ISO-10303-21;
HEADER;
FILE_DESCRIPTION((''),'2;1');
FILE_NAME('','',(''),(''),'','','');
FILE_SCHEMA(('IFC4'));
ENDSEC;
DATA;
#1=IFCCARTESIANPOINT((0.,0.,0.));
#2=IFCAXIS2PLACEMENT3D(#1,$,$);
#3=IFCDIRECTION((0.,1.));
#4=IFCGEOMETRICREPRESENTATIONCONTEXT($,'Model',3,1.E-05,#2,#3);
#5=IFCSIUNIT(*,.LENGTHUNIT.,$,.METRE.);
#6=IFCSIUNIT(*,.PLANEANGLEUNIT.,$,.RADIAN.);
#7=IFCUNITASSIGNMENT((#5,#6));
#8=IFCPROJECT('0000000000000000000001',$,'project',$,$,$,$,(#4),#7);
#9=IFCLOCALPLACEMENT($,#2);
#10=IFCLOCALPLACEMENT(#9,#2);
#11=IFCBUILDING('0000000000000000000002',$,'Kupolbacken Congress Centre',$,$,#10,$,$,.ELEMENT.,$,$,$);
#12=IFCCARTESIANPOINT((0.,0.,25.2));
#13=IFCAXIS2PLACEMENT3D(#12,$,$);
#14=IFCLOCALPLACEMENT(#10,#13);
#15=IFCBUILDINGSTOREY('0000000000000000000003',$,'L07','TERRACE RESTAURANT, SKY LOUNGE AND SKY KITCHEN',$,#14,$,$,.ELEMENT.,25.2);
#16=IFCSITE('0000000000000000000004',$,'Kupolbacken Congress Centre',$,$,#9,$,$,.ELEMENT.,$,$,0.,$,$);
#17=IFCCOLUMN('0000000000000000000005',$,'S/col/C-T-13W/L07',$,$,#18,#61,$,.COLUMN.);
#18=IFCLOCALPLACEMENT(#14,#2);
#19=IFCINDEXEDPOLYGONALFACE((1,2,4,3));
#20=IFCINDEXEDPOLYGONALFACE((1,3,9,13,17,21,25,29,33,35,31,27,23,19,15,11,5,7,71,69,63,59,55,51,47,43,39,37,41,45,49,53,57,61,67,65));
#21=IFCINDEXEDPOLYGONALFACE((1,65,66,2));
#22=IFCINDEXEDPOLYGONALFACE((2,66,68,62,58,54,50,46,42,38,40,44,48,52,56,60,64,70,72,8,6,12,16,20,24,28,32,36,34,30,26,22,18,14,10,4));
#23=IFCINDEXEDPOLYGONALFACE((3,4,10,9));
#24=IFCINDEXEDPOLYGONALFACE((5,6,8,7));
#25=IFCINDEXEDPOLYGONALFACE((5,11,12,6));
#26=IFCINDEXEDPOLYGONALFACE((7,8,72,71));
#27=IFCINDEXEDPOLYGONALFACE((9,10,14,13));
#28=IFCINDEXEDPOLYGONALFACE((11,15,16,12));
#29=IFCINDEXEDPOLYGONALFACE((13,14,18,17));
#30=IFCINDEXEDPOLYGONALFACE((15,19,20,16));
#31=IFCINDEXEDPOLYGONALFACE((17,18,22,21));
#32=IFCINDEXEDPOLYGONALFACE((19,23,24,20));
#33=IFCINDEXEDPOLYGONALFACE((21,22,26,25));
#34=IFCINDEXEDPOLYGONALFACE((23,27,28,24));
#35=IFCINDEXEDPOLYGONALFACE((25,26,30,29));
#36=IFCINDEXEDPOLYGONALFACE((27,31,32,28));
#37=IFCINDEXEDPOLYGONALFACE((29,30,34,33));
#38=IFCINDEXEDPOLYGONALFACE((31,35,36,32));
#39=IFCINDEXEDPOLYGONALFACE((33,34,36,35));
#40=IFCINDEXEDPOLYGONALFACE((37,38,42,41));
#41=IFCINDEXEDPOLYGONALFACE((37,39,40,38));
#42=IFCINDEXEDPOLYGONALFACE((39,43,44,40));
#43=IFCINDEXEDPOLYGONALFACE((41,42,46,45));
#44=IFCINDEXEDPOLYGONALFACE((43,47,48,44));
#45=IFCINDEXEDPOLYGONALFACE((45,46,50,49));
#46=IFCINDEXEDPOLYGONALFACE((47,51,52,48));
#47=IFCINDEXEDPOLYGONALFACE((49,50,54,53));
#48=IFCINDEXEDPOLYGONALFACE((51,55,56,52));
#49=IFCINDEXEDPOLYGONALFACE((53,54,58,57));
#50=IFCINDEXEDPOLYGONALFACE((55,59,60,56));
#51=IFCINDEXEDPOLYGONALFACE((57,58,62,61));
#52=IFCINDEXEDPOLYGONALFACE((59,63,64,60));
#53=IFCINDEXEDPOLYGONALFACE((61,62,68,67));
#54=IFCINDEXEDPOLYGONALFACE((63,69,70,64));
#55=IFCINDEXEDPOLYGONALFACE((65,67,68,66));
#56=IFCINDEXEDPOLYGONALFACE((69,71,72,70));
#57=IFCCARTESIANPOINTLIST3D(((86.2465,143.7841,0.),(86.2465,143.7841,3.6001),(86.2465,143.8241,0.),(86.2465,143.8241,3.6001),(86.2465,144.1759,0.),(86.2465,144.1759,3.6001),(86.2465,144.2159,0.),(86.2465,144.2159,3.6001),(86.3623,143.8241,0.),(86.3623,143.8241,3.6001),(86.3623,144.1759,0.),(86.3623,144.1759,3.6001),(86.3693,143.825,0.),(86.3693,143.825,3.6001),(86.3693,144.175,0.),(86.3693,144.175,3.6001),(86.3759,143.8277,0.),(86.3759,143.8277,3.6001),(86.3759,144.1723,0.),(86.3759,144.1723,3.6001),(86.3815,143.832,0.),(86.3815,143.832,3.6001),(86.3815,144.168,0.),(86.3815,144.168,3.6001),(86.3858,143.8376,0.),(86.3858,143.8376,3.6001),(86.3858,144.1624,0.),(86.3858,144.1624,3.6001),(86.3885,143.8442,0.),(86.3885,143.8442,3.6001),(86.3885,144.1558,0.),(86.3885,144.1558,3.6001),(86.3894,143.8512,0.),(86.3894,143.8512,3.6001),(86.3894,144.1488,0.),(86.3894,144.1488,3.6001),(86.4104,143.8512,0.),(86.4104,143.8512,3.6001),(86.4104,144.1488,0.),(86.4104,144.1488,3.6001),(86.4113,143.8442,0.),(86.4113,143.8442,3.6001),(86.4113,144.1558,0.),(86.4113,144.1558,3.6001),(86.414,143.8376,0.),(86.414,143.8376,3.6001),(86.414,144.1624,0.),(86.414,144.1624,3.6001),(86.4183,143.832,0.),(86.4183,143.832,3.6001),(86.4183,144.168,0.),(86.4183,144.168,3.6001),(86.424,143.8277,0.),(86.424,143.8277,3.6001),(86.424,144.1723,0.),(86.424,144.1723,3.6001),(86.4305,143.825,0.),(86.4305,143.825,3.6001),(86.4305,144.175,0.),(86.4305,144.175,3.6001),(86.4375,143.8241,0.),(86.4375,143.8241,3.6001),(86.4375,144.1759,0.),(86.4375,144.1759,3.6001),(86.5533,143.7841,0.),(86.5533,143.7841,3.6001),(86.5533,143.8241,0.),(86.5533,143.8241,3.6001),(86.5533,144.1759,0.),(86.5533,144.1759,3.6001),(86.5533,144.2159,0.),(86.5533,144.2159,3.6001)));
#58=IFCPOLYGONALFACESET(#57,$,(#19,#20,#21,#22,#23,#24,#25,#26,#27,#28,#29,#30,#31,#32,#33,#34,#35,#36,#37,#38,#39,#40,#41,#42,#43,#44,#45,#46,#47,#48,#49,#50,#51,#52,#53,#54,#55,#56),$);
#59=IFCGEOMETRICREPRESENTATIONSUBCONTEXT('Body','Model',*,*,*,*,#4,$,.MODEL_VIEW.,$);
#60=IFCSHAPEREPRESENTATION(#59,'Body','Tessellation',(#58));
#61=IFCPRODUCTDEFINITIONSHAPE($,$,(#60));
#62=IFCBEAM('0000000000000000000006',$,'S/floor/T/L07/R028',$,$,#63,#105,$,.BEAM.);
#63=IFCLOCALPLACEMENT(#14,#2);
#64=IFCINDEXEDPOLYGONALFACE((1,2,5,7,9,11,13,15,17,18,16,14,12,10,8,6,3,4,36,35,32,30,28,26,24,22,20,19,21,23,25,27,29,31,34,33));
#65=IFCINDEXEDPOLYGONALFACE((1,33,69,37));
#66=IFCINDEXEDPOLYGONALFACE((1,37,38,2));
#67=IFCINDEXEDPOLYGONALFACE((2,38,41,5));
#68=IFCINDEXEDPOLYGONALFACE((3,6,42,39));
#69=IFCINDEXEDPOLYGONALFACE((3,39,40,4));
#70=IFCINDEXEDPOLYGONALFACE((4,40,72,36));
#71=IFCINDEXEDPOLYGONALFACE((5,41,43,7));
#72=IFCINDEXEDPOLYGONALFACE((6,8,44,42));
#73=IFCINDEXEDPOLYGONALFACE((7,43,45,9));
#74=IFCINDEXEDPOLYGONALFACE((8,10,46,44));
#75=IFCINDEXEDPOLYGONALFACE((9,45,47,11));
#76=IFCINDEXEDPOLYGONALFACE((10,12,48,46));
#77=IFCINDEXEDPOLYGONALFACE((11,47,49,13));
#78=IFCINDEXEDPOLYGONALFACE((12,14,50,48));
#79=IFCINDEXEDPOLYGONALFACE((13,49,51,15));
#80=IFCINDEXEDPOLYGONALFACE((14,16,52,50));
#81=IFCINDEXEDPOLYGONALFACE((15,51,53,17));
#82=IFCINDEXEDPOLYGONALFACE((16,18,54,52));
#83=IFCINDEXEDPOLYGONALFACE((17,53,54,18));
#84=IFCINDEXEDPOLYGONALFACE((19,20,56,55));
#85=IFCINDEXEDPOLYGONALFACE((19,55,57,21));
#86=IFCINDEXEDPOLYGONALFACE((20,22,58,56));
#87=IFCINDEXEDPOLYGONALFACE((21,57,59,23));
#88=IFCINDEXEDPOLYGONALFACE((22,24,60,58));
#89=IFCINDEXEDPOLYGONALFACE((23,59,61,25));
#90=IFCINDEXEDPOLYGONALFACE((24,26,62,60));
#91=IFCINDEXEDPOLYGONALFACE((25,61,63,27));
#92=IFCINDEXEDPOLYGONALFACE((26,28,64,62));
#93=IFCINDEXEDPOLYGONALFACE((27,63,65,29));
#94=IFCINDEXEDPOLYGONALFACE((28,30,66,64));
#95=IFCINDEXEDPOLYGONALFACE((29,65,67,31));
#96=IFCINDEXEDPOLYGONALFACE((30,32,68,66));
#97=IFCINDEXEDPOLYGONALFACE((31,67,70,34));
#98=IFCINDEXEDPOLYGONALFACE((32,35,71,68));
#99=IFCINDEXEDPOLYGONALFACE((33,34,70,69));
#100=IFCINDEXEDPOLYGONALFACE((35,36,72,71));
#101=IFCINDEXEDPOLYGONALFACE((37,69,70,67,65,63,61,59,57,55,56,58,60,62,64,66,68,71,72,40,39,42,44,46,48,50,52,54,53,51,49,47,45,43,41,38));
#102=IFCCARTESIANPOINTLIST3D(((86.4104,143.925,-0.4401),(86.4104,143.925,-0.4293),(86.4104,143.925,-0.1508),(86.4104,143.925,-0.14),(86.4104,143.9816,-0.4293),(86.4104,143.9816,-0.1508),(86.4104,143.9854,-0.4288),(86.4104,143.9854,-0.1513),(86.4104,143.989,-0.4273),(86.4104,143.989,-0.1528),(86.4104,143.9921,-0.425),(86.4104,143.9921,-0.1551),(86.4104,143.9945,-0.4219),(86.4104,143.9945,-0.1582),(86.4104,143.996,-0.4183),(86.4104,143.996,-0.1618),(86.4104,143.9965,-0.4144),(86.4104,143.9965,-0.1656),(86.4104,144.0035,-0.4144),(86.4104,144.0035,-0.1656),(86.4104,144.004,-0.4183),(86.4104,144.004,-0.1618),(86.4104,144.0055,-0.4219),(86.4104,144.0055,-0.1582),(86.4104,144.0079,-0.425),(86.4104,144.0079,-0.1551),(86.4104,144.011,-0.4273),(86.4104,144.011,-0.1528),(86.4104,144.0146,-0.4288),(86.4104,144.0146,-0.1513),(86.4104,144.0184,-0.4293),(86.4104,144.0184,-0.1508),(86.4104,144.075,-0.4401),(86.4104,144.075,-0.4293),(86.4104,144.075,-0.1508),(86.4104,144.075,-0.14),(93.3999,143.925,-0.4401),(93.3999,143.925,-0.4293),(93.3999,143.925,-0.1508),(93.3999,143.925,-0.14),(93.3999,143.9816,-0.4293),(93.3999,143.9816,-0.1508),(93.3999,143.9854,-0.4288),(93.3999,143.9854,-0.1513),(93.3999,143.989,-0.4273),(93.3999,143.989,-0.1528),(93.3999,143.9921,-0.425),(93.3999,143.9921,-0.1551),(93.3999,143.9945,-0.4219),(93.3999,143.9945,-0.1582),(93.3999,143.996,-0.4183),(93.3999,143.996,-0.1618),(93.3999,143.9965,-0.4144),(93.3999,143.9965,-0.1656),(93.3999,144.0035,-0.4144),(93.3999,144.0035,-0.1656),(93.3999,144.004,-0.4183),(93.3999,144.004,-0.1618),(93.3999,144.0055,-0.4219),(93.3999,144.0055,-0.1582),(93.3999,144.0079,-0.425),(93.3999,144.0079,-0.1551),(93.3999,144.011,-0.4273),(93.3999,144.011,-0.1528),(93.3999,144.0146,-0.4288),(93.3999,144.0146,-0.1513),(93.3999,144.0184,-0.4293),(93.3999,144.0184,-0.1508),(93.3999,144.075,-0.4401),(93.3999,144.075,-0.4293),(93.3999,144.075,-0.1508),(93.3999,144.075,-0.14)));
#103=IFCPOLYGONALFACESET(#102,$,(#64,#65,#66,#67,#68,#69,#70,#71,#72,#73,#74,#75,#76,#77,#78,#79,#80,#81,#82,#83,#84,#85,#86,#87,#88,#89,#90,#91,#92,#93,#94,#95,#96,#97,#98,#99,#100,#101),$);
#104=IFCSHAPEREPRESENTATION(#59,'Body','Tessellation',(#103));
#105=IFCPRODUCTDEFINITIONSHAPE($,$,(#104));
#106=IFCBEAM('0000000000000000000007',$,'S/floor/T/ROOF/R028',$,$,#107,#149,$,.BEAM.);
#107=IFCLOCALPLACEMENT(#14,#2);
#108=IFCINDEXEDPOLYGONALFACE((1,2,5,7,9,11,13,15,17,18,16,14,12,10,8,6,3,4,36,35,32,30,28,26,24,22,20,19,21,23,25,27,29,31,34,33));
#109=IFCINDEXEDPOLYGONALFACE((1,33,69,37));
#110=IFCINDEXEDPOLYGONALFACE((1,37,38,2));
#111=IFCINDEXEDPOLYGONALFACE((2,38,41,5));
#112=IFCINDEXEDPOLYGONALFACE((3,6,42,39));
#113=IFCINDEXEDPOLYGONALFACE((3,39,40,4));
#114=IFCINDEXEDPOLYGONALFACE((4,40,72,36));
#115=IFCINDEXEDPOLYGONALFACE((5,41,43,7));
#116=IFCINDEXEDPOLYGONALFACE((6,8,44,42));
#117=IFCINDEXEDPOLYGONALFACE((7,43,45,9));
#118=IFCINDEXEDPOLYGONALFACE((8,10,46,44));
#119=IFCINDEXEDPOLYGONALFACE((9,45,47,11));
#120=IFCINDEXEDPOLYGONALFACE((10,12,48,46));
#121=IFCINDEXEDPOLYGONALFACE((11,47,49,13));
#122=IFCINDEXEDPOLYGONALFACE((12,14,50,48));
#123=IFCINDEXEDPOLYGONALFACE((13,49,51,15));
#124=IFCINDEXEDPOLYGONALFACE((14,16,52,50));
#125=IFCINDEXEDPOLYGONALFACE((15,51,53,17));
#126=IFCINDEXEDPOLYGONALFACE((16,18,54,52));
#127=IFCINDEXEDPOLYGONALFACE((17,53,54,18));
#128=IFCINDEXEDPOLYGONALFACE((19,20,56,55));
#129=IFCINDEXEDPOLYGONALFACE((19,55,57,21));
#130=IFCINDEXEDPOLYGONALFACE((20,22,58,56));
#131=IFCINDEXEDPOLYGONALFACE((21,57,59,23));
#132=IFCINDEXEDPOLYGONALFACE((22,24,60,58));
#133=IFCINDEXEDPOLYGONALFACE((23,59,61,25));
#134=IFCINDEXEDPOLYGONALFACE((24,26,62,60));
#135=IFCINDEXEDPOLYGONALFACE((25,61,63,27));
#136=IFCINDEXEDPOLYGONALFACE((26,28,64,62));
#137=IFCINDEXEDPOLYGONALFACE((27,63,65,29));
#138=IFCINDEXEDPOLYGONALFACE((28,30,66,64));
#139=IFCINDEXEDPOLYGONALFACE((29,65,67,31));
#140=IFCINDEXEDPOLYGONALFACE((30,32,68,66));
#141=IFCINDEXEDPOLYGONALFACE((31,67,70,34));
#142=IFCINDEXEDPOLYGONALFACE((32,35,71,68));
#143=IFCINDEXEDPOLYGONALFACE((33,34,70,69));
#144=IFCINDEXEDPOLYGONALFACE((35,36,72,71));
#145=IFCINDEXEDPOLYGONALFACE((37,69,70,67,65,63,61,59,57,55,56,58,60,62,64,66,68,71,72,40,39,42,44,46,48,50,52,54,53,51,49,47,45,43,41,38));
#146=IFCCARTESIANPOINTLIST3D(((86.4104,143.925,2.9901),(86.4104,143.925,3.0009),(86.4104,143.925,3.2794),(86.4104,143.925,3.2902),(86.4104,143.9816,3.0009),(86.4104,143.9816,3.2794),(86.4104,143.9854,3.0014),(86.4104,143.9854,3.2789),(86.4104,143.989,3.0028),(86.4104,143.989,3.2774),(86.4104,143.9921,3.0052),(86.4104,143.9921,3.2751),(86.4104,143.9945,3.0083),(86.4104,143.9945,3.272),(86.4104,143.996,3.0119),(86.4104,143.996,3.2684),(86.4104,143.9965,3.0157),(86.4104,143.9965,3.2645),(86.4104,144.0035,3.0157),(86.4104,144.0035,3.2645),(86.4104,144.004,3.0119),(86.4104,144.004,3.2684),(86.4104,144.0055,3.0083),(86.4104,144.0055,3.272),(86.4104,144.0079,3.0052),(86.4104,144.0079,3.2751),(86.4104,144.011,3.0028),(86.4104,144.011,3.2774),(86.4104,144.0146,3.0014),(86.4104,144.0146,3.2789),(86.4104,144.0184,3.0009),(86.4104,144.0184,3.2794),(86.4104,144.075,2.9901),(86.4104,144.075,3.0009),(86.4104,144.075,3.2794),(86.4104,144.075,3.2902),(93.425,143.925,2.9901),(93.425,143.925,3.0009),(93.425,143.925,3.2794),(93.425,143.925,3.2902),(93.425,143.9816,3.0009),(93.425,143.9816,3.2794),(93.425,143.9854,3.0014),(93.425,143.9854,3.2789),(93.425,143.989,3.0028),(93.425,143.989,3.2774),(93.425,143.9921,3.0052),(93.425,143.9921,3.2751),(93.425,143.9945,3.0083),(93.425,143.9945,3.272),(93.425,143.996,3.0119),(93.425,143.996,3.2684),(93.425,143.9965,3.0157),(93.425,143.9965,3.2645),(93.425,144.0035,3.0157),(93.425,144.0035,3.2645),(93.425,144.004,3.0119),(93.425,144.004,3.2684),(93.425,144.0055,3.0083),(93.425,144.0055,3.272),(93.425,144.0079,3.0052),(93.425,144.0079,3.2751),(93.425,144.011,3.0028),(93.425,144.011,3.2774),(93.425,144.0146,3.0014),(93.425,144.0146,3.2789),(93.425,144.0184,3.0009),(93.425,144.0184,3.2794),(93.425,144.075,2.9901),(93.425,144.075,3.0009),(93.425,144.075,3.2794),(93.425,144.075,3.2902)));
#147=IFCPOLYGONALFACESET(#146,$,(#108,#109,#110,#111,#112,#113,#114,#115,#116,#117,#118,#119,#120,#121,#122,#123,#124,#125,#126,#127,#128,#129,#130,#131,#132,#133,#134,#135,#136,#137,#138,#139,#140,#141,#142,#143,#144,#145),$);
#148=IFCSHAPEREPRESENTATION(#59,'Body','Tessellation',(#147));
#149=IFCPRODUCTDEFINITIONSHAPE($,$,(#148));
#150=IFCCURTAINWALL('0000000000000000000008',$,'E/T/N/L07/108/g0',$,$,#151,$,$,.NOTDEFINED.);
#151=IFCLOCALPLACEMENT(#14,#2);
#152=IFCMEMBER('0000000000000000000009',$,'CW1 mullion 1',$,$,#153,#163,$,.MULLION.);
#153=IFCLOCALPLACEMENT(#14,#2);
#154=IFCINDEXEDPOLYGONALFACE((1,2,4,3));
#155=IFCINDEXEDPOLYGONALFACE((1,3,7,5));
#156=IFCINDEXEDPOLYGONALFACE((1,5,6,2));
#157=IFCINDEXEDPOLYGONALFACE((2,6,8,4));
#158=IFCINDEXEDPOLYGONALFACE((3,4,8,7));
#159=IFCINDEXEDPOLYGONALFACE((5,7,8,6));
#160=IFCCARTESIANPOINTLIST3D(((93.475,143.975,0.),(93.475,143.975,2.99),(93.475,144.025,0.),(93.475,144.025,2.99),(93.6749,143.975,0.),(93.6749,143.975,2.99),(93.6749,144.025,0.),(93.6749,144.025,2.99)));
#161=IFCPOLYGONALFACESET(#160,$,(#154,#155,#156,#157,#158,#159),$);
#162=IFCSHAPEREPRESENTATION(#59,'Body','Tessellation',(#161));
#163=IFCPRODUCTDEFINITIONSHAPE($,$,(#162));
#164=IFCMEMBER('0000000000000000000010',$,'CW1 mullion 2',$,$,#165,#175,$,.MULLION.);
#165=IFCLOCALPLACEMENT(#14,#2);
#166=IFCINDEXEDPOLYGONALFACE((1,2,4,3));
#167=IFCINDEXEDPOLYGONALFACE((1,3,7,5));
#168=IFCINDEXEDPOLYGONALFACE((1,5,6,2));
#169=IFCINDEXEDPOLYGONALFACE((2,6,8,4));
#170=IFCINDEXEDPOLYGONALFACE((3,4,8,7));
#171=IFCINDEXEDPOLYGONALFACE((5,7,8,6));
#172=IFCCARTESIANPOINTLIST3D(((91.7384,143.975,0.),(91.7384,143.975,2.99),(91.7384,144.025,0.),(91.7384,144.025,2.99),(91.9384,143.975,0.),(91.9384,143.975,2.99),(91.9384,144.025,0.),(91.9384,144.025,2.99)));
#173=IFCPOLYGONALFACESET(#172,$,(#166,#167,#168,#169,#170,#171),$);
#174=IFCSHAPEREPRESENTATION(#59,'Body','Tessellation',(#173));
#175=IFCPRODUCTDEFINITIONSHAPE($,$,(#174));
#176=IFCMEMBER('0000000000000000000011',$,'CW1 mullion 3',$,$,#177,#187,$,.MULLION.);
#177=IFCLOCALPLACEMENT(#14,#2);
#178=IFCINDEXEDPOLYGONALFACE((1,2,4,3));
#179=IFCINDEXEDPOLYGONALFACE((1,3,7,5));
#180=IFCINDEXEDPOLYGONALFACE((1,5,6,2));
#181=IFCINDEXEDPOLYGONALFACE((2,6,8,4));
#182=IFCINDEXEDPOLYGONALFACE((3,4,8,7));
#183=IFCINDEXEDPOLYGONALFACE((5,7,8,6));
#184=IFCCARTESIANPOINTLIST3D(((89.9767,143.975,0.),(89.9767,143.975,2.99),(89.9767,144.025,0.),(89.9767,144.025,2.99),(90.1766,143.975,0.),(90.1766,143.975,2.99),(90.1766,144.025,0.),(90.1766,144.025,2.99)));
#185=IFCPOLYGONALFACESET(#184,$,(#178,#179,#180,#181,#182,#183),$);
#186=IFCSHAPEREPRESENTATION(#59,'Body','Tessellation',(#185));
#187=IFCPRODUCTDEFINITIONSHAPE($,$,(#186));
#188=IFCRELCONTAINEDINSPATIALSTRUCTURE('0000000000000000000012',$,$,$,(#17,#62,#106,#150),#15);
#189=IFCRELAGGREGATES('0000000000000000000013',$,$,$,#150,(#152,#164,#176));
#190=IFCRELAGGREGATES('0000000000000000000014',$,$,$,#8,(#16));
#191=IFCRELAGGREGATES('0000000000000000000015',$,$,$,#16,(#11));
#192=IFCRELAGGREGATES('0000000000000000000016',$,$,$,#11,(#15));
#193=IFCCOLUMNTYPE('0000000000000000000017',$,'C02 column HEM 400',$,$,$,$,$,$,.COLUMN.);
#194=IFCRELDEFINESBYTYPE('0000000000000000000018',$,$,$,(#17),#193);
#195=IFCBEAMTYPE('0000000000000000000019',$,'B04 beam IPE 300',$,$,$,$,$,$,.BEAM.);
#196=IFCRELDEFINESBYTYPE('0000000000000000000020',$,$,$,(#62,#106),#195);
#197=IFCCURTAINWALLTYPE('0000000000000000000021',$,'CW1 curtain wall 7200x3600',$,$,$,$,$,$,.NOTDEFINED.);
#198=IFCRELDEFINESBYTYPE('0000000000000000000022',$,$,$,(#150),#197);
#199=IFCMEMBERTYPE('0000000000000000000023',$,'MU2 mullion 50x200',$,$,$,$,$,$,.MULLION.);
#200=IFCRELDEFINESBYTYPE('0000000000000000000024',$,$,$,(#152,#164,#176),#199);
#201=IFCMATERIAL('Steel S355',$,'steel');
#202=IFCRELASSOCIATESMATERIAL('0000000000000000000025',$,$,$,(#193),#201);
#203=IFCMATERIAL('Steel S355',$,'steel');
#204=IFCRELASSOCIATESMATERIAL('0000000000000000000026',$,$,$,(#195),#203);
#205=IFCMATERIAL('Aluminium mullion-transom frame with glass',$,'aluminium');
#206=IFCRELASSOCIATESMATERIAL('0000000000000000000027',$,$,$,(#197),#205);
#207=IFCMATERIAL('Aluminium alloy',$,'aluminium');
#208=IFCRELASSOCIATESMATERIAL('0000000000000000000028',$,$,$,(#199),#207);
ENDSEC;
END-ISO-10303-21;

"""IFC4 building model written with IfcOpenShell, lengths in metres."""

from ifc_helpers import new_model, si_unit, direction, frame, origin, origin_2d, place, context, subcontext, project, spatial, rectangle, i_section, extrude, material, material_profile, profile_set, type_object, element, aggregate, save


model = new_model("IFC4")

# Units and contexts
model_context = context("Model", 3, precision=1e-05, world=origin(), true_north=direction((0.0, 1.0)))
body_context = subcontext(model_context, "Body", "Model", "MODEL_VIEW")
ifc_project = project(units=[si_unit("LENGTHUNIT", "METRE"), si_unit("PLANEANGLEUNIT", "RADIAN")], contexts=[model_context])

# Site, building, storey
site_placement = place(None, origin())
site = spatial("IfcSite", under=ifc_project, at=site_placement, Name="Kupolbacken Congress Centre", CompositionType="ELEMENT", RefElevation=0.0)
building_placement = place(site_placement, origin())
building = spatial("IfcBuilding", under=site, at=building_placement, Name="Kupolbacken Congress Centre", CompositionType="ELEMENT")
storey_placement = place(building_placement, frame((0.0, 0.0, 25.2)))
storey = spatial("IfcBuildingStorey", under=building, at=storey_placement, Name="L07", Description="TERRACE RESTAURANT, SKY LOUNGE AND SKY KITCHEN", CompositionType="ELEMENT", Elevation=25.2)

# Column
ifc_material_1 = material(Name="Steel S355", Category="steel")
ifc_material_profile_1 = material_profile(ifc_material_1, i_section(OverallWidth=0.3069, OverallDepth=0.4319, WebThickness=0.021, FlangeThickness=0.04, FilletRadius=0.0271, at=origin_2d()), Name="HEM 400")
ifc_profile_set_1 = profile_set([ifc_material_profile_1], Name="Steel S355")
column_type = type_object("IfcColumnType", Name="C02 column HEM 400", PredefinedType="COLUMN", material=ifc_profile_set_1)
column_placement = place(storey_placement, frame((86.3999, 144.0, 0.0), z_axis=(0.0, 0.0, 1.0), x_axis=(1.0, 0.0, 0.0)))
element("IfcColumn", 1, at=column_placement, inside=storey, type_object=column_type, Name="S/col/C-T-13W/L07", PredefinedType="COLUMN", context=body_context, shape_type="SweptSolid", body=[
    extrude(i_section(OverallWidth=0.3069, OverallDepth=0.4319, WebThickness=0.021, FlangeThickness=0.04, FilletRadius=0.0271, at=origin_2d()), origin(), (0.0, 0.0, 1.0), 3.6001),
])

# Beams
ifc_material_2 = material(Name="Steel S355", Category="steel")
ifc_material_profile_2 = material_profile(ifc_material_2, i_section(OverallWidth=0.1499, OverallDepth=0.3, WebThickness=0.0071, FlangeThickness=0.0107, FilletRadius=0.0149, at=origin_2d()), Name="IPE 300")
ifc_profile_set_2 = profile_set([ifc_material_profile_2], Name="Steel S355")
beam_type = type_object("IfcBeamType", Name="B04 beam IPE 300", PredefinedType="BEAM", material=ifc_profile_set_2)
beam_1_placement = place(storey_placement, frame((86.4104, 144.0, -0.29), z_axis=(1.0, 0.0, 0.0), x_axis=(0.0, 1.0, 0.0)))
element("IfcBeam", 2, at=beam_1_placement, inside=storey, type_object=beam_type, Name="S/floor/T/L07/R028", PredefinedType="BEAM", context=body_context, shape_type="SweptSolid", body=[
    extrude(i_section(OverallWidth=0.1499, OverallDepth=0.3, WebThickness=0.0071, FlangeThickness=0.0107, FilletRadius=0.0149, at=origin_2d()), origin(), (0.0, 0.0, 1.0), 6.9895),
])
beam_2_placement = place(storey_placement, frame((86.4104, 144.0, 3.1401), z_axis=(1.0, 0.0, 0.0), x_axis=(0.0, 1.0, 0.0)))
element("IfcBeam", 3, at=beam_2_placement, inside=storey, type_object=beam_type, Name="S/floor/T/ROOF/R028", PredefinedType="BEAM", context=body_context, shape_type="SweptSolid", body=[
    extrude(i_section(OverallWidth=0.1499, OverallDepth=0.3, WebThickness=0.0071, FlangeThickness=0.0107, FilletRadius=0.0149, at=origin_2d()), origin(), (0.0, 0.0, 1.0), 7.0146),
])

# Curtain wall, members
ifc_material_3 = material(Name="Aluminium mullion-transom frame with glass", Category="aluminium")
curtain_wall_type = type_object("IfcCurtainWallType", Name="CW1 curtain wall 7200x3600", PredefinedType="NOTDEFINED", material=ifc_material_3)
curtain_wall_1_placement = place(storey_placement, origin())
curtain_wall_1 = element("IfcCurtainWall", 4, at=curtain_wall_1_placement, inside=storey, type_object=curtain_wall_type, Name="E/T/N/L07/108/g0", PredefinedType="NOTDEFINED")
ifc_material_4 = material(Name="Aluminium alloy", Category="aluminium")
ifc_material_profile_3 = material_profile(ifc_material_4, rectangle(XDim=0.05, YDim=0.2, at=origin_2d()), Name="50 x 200")
ifc_profile_set_3 = profile_set([ifc_material_profile_3], Name="Aluminium alloy")
member_type_1 = type_object("IfcMemberType", Name="MU2 mullion 50x200", PredefinedType="MULLION", material=ifc_profile_set_3)
member_1_placement = place(storey_placement, frame((93.575, 144.0, 0.0), z_axis=(0.0, 0.0, 1.0), x_axis=(0.0, -1.0, 0.0)))
member_1 = element("IfcMember", 5, at=member_1_placement, type_object=member_type_1, Name="CW1 mullion 1", PredefinedType="MULLION", context=body_context, shape_type="SweptSolid", body=[
    extrude(rectangle(XDim=0.05, YDim=0.2, at=origin_2d()), origin(), (0.0, 0.0, 1.0), 2.99),
])
member_2_placement = place(storey_placement, frame((91.8384, 144.0, 0.0), z_axis=(0.0, 0.0, 1.0), x_axis=(0.0, -1.0, 0.0)))
member_2 = element("IfcMember", 6, at=member_2_placement, type_object=member_type_1, Name="CW1 mullion 2", PredefinedType="MULLION", context=body_context, shape_type="SweptSolid", body=[
    extrude(rectangle(XDim=0.05, YDim=0.2, at=origin_2d()), origin(), (0.0, 0.0, 1.0), 2.99),
])
member_3_placement = place(storey_placement, frame((90.0767, 144.0, 0.0), z_axis=(0.0, 0.0, 1.0), x_axis=(0.0, -1.0, 0.0)))
member_3 = element("IfcMember", 7, at=member_3_placement, type_object=member_type_1, Name="CW1 mullion 3", PredefinedType="MULLION", context=body_context, shape_type="SweptSolid", body=[
    extrude(rectangle(XDim=0.05, YDim=0.2, at=origin_2d()), origin(), (0.0, 0.0, 1.0), 2.99),
])

aggregate(curtain_wall_1, [member_1, member_2, member_3])

save(model, "model.ifc")
